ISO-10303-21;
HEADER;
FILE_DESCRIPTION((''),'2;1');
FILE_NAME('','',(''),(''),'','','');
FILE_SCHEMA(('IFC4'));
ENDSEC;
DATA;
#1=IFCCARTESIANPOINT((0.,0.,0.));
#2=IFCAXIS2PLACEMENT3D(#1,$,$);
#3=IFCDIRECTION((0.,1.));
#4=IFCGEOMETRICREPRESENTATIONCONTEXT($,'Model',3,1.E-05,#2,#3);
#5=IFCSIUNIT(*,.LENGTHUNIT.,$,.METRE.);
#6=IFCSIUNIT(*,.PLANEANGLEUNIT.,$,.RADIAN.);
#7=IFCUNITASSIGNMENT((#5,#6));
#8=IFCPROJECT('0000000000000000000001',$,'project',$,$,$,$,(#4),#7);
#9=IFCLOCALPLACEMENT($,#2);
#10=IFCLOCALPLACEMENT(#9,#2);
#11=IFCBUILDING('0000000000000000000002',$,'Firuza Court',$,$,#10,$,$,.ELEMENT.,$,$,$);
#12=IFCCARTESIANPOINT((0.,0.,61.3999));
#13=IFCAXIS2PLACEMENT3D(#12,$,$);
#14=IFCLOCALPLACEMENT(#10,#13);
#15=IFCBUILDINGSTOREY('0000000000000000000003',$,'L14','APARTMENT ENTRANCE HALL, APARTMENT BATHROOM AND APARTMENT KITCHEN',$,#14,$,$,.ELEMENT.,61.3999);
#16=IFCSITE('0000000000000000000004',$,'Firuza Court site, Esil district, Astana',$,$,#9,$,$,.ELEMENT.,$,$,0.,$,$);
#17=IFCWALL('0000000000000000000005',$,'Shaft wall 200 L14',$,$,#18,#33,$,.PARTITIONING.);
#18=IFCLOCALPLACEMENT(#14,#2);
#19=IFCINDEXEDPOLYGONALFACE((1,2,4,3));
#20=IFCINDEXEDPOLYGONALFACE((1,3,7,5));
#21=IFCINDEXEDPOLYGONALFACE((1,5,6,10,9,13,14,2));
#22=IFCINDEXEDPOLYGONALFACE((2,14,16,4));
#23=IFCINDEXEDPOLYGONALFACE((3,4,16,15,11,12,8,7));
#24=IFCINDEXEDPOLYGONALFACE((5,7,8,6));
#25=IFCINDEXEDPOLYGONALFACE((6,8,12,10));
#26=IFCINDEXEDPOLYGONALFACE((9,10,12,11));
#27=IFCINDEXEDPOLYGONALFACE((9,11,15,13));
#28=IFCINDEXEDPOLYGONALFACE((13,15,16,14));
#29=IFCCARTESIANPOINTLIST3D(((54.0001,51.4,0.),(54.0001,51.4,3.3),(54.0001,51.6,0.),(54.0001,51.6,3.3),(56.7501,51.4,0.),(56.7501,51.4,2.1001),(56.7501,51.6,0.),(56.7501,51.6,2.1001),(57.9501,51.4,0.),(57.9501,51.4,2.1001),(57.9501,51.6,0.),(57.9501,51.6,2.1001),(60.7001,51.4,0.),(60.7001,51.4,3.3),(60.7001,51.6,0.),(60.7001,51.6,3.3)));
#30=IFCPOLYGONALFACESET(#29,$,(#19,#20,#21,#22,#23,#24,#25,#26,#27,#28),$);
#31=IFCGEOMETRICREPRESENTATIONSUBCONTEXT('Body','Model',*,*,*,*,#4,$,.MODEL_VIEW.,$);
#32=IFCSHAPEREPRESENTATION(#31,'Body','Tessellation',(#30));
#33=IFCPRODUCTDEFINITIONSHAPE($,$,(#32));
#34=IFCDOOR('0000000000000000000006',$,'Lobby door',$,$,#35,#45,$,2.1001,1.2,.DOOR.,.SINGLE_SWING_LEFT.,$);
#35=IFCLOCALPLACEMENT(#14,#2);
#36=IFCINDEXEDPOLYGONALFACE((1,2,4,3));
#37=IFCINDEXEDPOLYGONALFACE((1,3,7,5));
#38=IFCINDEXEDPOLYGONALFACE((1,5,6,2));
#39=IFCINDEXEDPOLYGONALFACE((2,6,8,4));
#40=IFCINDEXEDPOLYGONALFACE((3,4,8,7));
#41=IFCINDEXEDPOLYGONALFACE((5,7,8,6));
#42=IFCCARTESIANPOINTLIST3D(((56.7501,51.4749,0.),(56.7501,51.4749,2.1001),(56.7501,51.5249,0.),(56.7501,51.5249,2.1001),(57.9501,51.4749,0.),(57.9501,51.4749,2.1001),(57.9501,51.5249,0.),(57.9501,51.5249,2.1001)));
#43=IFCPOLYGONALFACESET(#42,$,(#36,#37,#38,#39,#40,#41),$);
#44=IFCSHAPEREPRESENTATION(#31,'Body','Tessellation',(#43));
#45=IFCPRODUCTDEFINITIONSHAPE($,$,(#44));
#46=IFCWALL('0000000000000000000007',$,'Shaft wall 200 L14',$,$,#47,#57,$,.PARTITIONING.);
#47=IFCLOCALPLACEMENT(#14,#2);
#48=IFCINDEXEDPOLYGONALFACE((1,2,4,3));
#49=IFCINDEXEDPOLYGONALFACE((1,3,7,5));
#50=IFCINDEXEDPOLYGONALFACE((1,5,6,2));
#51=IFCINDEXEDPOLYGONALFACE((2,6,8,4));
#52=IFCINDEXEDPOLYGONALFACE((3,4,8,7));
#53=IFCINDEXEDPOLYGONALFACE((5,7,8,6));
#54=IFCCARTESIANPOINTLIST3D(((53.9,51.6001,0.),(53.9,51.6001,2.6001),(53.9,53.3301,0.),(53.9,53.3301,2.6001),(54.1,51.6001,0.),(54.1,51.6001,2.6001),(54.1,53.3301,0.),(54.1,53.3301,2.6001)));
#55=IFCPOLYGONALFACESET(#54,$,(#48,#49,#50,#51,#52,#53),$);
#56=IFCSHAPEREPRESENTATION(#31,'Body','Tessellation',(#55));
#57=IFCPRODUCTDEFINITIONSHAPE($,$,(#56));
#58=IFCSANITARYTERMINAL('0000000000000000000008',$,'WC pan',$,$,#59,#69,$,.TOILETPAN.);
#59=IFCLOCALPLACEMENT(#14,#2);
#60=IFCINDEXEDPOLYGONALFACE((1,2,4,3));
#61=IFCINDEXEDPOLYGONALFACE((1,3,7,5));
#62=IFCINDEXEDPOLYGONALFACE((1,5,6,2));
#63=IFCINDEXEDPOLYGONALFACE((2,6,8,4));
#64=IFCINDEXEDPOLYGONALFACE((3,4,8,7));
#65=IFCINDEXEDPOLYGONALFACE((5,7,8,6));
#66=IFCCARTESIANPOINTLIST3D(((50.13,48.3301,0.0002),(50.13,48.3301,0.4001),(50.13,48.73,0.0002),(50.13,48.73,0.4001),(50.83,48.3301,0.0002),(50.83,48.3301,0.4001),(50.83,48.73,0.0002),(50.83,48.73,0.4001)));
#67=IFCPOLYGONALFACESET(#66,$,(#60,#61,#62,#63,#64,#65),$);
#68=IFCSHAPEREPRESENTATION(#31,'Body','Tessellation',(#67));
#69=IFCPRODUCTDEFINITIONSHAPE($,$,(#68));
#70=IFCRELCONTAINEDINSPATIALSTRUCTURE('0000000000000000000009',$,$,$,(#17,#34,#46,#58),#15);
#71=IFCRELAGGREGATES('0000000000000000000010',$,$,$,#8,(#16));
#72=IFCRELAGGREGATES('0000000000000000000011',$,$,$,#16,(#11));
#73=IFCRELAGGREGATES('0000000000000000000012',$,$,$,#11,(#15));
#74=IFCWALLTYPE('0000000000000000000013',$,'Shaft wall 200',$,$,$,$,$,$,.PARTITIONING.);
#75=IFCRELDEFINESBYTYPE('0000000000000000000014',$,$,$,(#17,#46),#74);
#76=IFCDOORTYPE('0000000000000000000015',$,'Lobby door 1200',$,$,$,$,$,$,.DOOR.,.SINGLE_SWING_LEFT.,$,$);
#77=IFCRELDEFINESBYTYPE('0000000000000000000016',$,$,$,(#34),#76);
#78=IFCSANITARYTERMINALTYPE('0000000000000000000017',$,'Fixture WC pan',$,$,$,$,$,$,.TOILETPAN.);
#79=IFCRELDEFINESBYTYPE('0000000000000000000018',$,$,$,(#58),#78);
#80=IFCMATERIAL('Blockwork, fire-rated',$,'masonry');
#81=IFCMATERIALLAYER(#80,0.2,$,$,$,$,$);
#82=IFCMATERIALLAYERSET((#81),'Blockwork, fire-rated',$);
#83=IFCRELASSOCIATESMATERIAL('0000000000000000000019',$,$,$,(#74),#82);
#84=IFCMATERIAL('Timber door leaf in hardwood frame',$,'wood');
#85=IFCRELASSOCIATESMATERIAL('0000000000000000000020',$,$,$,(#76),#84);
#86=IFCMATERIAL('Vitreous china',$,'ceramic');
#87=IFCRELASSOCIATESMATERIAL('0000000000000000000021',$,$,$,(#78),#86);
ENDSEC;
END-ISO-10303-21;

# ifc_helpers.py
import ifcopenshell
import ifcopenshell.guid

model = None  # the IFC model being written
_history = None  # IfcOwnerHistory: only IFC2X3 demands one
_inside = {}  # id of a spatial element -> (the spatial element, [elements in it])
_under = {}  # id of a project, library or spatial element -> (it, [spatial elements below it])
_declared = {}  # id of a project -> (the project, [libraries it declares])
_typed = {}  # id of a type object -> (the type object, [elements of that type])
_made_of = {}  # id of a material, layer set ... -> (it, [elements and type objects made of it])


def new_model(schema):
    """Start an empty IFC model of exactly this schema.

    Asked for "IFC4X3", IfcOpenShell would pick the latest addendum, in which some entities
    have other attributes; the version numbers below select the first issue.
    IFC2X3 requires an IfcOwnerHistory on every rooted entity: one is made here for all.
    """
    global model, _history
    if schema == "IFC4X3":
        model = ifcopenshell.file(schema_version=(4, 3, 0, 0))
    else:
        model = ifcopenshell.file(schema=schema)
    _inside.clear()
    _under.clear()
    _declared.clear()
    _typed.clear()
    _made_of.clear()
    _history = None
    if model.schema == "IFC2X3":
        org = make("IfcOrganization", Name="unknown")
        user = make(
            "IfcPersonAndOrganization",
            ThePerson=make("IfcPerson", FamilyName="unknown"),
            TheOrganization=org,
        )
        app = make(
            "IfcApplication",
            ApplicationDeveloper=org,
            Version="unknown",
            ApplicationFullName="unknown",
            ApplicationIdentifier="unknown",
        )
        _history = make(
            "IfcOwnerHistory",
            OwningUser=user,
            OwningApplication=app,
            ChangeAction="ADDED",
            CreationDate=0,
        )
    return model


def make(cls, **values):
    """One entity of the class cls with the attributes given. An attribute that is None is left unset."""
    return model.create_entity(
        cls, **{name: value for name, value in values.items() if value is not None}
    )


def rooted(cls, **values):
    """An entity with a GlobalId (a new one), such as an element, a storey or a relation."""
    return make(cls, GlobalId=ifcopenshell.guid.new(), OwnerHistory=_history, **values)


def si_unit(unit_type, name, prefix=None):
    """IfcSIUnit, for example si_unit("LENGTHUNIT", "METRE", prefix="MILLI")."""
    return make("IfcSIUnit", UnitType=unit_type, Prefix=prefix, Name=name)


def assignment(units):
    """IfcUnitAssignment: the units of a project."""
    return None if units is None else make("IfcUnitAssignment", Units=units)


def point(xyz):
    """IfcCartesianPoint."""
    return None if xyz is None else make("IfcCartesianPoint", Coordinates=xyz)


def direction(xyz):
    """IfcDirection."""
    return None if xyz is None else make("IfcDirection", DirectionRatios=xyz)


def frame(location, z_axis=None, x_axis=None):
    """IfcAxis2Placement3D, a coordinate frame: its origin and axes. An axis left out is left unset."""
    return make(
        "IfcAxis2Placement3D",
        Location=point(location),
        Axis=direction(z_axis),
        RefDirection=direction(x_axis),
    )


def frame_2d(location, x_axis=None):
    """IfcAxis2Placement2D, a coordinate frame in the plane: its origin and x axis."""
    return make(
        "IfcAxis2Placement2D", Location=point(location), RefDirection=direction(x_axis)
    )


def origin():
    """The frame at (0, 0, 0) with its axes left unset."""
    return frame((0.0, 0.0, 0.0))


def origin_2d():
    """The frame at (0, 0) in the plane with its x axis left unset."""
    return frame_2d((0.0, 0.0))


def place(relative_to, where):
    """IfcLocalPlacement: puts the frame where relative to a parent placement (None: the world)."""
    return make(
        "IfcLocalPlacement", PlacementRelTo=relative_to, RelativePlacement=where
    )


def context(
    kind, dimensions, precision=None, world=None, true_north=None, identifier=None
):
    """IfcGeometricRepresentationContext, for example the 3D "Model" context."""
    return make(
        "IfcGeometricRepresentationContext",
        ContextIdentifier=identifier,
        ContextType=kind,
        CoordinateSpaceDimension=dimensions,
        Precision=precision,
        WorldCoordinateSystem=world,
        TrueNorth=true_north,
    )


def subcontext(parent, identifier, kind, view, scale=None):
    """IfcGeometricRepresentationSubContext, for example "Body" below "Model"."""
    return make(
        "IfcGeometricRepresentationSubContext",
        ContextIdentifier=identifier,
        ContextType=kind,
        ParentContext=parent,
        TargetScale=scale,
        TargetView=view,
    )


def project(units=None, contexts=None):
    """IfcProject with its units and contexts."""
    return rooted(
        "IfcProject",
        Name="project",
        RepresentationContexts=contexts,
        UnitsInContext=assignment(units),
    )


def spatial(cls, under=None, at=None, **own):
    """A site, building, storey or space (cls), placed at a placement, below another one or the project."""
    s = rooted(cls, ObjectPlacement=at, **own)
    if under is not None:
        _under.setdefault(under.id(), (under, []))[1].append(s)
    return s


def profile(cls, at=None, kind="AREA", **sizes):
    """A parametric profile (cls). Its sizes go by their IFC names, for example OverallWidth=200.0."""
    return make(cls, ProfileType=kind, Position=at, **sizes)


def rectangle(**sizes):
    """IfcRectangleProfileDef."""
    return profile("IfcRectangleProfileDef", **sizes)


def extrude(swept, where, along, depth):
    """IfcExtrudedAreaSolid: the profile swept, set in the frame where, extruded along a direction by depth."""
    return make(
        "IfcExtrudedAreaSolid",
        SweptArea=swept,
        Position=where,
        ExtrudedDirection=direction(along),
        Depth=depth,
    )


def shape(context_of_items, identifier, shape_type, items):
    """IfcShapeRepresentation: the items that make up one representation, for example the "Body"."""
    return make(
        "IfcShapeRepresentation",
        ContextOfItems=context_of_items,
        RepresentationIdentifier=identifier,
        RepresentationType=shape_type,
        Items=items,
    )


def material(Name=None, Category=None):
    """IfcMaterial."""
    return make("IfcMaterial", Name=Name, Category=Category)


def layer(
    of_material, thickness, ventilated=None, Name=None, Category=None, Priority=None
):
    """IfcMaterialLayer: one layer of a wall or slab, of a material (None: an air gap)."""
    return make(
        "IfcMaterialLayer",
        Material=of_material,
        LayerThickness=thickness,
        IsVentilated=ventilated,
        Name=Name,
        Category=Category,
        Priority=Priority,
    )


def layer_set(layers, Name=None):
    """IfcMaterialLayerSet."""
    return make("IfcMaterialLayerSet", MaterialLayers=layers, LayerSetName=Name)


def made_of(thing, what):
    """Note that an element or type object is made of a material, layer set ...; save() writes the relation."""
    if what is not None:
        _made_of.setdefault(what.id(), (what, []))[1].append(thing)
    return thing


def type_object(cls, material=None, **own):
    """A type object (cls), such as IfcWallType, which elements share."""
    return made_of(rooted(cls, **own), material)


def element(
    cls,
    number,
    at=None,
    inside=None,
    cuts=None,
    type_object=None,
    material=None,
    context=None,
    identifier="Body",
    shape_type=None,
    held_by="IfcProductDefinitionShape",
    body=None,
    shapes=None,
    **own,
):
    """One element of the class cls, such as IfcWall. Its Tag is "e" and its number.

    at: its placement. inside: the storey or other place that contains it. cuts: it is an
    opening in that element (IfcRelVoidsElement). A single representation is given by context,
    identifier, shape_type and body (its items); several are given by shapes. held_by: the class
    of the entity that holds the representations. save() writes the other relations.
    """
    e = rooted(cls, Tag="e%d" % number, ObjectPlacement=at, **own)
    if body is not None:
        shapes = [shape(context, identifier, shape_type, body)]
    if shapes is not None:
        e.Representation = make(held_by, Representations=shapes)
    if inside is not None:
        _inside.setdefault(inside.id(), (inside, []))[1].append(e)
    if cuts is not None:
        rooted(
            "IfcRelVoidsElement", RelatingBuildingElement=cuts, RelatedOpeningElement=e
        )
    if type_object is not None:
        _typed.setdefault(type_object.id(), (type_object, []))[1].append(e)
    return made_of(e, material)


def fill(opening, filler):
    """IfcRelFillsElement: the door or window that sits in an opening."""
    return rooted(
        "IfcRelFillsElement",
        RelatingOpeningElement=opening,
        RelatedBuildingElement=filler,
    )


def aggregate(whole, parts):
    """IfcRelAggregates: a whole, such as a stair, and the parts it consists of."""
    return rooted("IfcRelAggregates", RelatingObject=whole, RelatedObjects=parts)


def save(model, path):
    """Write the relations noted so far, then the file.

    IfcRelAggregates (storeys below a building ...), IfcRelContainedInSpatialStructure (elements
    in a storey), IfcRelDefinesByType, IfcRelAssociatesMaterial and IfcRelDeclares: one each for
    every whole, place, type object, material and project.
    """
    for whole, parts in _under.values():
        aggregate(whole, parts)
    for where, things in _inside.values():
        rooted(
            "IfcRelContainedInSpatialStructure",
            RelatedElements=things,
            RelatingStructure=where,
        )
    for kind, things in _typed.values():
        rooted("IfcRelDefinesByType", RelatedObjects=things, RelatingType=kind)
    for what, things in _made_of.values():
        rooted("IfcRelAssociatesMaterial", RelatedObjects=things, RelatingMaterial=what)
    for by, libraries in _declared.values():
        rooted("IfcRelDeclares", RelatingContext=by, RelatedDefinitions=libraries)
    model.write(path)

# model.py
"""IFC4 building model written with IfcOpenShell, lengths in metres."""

from ifc_helpers import new_model, si_unit, direction, frame, frame_2d, origin, origin_2d, place, context, subcontext, project, spatial, rectangle, extrude, material, layer, layer_set, type_object, element, fill, save


model = new_model("IFC4")

# Units and contexts
model_context = context("Model", 3, precision=1e-05, world=origin(), true_north=direction((0.0, 1.0)))
body_context = subcontext(model_context, "Body", "Model", "MODEL_VIEW")
ifc_project = project(units=[si_unit("LENGTHUNIT", "METRE"), si_unit("PLANEANGLEUNIT", "RADIAN")], contexts=[model_context])

# Site, building, storey
site_placement = place(None, origin())
site = spatial("IfcSite", under=ifc_project, at=site_placement, Name="Firuza Court site, Esil district, Astana", CompositionType="ELEMENT", RefElevation=0.0)
building_placement = place(site_placement, origin())
building = spatial("IfcBuilding", under=site, at=building_placement, Name="Firuza Court", CompositionType="ELEMENT")
storey_placement = place(building_placement, frame((0.0, 0.0, 61.3999)))
storey = spatial("IfcBuildingStorey", under=building, at=storey_placement, Name="L14", Description="APARTMENT ENTRANCE HALL, APARTMENT BATHROOM AND APARTMENT KITCHEN", CompositionType="ELEMENT", Elevation=61.3999)

# Shared definitions
ifc_material_1 = material(Name="Blockwork, fire-rated", Category="masonry")
ifc_layer_1 = layer(ifc_material_1, 0.2)
ifc_layer_set_1 = layer_set([ifc_layer_1], Name="Blockwork, fire-rated")
wall_type_1 = type_object("IfcWallType", Name="Shaft wall 200", PredefinedType="PARTITIONING", material=ifc_layer_set_1)
ifc_material_2 = material(Name="Timber door leaf in hardwood frame", Category="wood")
door_type_1 = type_object("IfcDoorType", Name="Lobby door 1200", OperationType="SINGLE_SWING_LEFT", PredefinedType="DOOR", material=ifc_material_2)

# Wall, opening, door
wall_1_placement = place(storey_placement, frame((54.0, 51.5, 0.0), z_axis=(0.0, 0.0, 1.0), x_axis=(1.0, 0.0, 0.0)))
wall_1 = element("IfcWall", 1, at=wall_1_placement, inside=storey, type_object=wall_type_1, Name="Shaft wall 200 L14", PredefinedType="PARTITIONING", context=body_context, shape_type="SweptSolid", body=[
    extrude(rectangle(XDim=6.7, YDim=0.2, at=frame_2d((3.3501, 0.0))), origin(), (0.0, 0.0, 1.0), 3.3),
])
opening_1_placement = place(wall_1_placement, frame((2.75, 0.0, 0.0)))
opening_1 = element("IfcOpeningElement", 2, at=opening_1_placement, cuts=wall_1, PredefinedType="OPENING", context=body_context, shape_type="SweptSolid", body=[
    extrude(rectangle(XDim=1.2, YDim=2.1001, at=frame_2d((0.6001, 1.05))), frame((0.0, 0.1118, 0.0), z_axis=(0.0, -1.0, 0.0), x_axis=(1.0, 0.0, 0.0)), (0.0, 0.0, 1.0), 0.2239),
])
door_1_placement = place(opening_1_placement, origin())
door_1 = element("IfcDoor", 3, at=door_1_placement, inside=storey, type_object=door_type_1, Name="Lobby door", OperationType="SINGLE_SWING_LEFT", OverallHeight=2.1001, OverallWidth=1.2, PredefinedType="DOOR", context=body_context, shape_type="SweptSolid", body=[
    extrude(rectangle(XDim=1.2, YDim=2.1001, at=frame_2d((0.6001, 1.05))), frame((0.0, 0.0249, 0.0), z_axis=(0.0, -1.0, 0.0), x_axis=(1.0, 0.0, 0.0)), (0.0, 0.0, 1.0), 0.05),
])
fill(opening_1, door_1)

# Wall
wall_2_placement = place(storey_placement, frame((54.0, 51.6001, 0.0), z_axis=(0.0, 0.0, 1.0), x_axis=(0.0, 1.0, 0.0)))
element("IfcWall", 4, at=wall_2_placement, inside=storey, type_object=wall_type_1, Name="Shaft wall 200 L14", PredefinedType="PARTITIONING", context=body_context, shape_type="SweptSolid", body=[
    extrude(rectangle(XDim=1.73, YDim=0.2, at=frame_2d((0.865, 0.0))), origin(), (0.0, 0.0, 1.0), 2.6001),
])

# Sanitary terminal
ifc_material_3 = material(Name="Vitreous china", Category="ceramic")
sanitary_terminal_type = type_object("IfcSanitaryTerminalType", Name="Fixture WC pan", PredefinedType="TOILETPAN", material=ifc_material_3)
sanitary_terminal_placement = place(storey_placement, frame((50.48, 48.53, 0.0002), z_axis=(0.0, 0.0, 1.0), x_axis=(1.0, 0.0, 0.0)))
element("IfcSanitaryTerminal", 5, at=sanitary_terminal_placement, inside=storey, type_object=sanitary_terminal_type, Name="WC pan", PredefinedType="TOILETPAN", context=body_context, shape_type="SweptSolid", body=[
    extrude(rectangle(XDim=0.7, YDim=0.3999, at=origin_2d()), origin(), (0.0, 0.0, 1.0), 0.3999),
])

save(model, "model.ifc")
